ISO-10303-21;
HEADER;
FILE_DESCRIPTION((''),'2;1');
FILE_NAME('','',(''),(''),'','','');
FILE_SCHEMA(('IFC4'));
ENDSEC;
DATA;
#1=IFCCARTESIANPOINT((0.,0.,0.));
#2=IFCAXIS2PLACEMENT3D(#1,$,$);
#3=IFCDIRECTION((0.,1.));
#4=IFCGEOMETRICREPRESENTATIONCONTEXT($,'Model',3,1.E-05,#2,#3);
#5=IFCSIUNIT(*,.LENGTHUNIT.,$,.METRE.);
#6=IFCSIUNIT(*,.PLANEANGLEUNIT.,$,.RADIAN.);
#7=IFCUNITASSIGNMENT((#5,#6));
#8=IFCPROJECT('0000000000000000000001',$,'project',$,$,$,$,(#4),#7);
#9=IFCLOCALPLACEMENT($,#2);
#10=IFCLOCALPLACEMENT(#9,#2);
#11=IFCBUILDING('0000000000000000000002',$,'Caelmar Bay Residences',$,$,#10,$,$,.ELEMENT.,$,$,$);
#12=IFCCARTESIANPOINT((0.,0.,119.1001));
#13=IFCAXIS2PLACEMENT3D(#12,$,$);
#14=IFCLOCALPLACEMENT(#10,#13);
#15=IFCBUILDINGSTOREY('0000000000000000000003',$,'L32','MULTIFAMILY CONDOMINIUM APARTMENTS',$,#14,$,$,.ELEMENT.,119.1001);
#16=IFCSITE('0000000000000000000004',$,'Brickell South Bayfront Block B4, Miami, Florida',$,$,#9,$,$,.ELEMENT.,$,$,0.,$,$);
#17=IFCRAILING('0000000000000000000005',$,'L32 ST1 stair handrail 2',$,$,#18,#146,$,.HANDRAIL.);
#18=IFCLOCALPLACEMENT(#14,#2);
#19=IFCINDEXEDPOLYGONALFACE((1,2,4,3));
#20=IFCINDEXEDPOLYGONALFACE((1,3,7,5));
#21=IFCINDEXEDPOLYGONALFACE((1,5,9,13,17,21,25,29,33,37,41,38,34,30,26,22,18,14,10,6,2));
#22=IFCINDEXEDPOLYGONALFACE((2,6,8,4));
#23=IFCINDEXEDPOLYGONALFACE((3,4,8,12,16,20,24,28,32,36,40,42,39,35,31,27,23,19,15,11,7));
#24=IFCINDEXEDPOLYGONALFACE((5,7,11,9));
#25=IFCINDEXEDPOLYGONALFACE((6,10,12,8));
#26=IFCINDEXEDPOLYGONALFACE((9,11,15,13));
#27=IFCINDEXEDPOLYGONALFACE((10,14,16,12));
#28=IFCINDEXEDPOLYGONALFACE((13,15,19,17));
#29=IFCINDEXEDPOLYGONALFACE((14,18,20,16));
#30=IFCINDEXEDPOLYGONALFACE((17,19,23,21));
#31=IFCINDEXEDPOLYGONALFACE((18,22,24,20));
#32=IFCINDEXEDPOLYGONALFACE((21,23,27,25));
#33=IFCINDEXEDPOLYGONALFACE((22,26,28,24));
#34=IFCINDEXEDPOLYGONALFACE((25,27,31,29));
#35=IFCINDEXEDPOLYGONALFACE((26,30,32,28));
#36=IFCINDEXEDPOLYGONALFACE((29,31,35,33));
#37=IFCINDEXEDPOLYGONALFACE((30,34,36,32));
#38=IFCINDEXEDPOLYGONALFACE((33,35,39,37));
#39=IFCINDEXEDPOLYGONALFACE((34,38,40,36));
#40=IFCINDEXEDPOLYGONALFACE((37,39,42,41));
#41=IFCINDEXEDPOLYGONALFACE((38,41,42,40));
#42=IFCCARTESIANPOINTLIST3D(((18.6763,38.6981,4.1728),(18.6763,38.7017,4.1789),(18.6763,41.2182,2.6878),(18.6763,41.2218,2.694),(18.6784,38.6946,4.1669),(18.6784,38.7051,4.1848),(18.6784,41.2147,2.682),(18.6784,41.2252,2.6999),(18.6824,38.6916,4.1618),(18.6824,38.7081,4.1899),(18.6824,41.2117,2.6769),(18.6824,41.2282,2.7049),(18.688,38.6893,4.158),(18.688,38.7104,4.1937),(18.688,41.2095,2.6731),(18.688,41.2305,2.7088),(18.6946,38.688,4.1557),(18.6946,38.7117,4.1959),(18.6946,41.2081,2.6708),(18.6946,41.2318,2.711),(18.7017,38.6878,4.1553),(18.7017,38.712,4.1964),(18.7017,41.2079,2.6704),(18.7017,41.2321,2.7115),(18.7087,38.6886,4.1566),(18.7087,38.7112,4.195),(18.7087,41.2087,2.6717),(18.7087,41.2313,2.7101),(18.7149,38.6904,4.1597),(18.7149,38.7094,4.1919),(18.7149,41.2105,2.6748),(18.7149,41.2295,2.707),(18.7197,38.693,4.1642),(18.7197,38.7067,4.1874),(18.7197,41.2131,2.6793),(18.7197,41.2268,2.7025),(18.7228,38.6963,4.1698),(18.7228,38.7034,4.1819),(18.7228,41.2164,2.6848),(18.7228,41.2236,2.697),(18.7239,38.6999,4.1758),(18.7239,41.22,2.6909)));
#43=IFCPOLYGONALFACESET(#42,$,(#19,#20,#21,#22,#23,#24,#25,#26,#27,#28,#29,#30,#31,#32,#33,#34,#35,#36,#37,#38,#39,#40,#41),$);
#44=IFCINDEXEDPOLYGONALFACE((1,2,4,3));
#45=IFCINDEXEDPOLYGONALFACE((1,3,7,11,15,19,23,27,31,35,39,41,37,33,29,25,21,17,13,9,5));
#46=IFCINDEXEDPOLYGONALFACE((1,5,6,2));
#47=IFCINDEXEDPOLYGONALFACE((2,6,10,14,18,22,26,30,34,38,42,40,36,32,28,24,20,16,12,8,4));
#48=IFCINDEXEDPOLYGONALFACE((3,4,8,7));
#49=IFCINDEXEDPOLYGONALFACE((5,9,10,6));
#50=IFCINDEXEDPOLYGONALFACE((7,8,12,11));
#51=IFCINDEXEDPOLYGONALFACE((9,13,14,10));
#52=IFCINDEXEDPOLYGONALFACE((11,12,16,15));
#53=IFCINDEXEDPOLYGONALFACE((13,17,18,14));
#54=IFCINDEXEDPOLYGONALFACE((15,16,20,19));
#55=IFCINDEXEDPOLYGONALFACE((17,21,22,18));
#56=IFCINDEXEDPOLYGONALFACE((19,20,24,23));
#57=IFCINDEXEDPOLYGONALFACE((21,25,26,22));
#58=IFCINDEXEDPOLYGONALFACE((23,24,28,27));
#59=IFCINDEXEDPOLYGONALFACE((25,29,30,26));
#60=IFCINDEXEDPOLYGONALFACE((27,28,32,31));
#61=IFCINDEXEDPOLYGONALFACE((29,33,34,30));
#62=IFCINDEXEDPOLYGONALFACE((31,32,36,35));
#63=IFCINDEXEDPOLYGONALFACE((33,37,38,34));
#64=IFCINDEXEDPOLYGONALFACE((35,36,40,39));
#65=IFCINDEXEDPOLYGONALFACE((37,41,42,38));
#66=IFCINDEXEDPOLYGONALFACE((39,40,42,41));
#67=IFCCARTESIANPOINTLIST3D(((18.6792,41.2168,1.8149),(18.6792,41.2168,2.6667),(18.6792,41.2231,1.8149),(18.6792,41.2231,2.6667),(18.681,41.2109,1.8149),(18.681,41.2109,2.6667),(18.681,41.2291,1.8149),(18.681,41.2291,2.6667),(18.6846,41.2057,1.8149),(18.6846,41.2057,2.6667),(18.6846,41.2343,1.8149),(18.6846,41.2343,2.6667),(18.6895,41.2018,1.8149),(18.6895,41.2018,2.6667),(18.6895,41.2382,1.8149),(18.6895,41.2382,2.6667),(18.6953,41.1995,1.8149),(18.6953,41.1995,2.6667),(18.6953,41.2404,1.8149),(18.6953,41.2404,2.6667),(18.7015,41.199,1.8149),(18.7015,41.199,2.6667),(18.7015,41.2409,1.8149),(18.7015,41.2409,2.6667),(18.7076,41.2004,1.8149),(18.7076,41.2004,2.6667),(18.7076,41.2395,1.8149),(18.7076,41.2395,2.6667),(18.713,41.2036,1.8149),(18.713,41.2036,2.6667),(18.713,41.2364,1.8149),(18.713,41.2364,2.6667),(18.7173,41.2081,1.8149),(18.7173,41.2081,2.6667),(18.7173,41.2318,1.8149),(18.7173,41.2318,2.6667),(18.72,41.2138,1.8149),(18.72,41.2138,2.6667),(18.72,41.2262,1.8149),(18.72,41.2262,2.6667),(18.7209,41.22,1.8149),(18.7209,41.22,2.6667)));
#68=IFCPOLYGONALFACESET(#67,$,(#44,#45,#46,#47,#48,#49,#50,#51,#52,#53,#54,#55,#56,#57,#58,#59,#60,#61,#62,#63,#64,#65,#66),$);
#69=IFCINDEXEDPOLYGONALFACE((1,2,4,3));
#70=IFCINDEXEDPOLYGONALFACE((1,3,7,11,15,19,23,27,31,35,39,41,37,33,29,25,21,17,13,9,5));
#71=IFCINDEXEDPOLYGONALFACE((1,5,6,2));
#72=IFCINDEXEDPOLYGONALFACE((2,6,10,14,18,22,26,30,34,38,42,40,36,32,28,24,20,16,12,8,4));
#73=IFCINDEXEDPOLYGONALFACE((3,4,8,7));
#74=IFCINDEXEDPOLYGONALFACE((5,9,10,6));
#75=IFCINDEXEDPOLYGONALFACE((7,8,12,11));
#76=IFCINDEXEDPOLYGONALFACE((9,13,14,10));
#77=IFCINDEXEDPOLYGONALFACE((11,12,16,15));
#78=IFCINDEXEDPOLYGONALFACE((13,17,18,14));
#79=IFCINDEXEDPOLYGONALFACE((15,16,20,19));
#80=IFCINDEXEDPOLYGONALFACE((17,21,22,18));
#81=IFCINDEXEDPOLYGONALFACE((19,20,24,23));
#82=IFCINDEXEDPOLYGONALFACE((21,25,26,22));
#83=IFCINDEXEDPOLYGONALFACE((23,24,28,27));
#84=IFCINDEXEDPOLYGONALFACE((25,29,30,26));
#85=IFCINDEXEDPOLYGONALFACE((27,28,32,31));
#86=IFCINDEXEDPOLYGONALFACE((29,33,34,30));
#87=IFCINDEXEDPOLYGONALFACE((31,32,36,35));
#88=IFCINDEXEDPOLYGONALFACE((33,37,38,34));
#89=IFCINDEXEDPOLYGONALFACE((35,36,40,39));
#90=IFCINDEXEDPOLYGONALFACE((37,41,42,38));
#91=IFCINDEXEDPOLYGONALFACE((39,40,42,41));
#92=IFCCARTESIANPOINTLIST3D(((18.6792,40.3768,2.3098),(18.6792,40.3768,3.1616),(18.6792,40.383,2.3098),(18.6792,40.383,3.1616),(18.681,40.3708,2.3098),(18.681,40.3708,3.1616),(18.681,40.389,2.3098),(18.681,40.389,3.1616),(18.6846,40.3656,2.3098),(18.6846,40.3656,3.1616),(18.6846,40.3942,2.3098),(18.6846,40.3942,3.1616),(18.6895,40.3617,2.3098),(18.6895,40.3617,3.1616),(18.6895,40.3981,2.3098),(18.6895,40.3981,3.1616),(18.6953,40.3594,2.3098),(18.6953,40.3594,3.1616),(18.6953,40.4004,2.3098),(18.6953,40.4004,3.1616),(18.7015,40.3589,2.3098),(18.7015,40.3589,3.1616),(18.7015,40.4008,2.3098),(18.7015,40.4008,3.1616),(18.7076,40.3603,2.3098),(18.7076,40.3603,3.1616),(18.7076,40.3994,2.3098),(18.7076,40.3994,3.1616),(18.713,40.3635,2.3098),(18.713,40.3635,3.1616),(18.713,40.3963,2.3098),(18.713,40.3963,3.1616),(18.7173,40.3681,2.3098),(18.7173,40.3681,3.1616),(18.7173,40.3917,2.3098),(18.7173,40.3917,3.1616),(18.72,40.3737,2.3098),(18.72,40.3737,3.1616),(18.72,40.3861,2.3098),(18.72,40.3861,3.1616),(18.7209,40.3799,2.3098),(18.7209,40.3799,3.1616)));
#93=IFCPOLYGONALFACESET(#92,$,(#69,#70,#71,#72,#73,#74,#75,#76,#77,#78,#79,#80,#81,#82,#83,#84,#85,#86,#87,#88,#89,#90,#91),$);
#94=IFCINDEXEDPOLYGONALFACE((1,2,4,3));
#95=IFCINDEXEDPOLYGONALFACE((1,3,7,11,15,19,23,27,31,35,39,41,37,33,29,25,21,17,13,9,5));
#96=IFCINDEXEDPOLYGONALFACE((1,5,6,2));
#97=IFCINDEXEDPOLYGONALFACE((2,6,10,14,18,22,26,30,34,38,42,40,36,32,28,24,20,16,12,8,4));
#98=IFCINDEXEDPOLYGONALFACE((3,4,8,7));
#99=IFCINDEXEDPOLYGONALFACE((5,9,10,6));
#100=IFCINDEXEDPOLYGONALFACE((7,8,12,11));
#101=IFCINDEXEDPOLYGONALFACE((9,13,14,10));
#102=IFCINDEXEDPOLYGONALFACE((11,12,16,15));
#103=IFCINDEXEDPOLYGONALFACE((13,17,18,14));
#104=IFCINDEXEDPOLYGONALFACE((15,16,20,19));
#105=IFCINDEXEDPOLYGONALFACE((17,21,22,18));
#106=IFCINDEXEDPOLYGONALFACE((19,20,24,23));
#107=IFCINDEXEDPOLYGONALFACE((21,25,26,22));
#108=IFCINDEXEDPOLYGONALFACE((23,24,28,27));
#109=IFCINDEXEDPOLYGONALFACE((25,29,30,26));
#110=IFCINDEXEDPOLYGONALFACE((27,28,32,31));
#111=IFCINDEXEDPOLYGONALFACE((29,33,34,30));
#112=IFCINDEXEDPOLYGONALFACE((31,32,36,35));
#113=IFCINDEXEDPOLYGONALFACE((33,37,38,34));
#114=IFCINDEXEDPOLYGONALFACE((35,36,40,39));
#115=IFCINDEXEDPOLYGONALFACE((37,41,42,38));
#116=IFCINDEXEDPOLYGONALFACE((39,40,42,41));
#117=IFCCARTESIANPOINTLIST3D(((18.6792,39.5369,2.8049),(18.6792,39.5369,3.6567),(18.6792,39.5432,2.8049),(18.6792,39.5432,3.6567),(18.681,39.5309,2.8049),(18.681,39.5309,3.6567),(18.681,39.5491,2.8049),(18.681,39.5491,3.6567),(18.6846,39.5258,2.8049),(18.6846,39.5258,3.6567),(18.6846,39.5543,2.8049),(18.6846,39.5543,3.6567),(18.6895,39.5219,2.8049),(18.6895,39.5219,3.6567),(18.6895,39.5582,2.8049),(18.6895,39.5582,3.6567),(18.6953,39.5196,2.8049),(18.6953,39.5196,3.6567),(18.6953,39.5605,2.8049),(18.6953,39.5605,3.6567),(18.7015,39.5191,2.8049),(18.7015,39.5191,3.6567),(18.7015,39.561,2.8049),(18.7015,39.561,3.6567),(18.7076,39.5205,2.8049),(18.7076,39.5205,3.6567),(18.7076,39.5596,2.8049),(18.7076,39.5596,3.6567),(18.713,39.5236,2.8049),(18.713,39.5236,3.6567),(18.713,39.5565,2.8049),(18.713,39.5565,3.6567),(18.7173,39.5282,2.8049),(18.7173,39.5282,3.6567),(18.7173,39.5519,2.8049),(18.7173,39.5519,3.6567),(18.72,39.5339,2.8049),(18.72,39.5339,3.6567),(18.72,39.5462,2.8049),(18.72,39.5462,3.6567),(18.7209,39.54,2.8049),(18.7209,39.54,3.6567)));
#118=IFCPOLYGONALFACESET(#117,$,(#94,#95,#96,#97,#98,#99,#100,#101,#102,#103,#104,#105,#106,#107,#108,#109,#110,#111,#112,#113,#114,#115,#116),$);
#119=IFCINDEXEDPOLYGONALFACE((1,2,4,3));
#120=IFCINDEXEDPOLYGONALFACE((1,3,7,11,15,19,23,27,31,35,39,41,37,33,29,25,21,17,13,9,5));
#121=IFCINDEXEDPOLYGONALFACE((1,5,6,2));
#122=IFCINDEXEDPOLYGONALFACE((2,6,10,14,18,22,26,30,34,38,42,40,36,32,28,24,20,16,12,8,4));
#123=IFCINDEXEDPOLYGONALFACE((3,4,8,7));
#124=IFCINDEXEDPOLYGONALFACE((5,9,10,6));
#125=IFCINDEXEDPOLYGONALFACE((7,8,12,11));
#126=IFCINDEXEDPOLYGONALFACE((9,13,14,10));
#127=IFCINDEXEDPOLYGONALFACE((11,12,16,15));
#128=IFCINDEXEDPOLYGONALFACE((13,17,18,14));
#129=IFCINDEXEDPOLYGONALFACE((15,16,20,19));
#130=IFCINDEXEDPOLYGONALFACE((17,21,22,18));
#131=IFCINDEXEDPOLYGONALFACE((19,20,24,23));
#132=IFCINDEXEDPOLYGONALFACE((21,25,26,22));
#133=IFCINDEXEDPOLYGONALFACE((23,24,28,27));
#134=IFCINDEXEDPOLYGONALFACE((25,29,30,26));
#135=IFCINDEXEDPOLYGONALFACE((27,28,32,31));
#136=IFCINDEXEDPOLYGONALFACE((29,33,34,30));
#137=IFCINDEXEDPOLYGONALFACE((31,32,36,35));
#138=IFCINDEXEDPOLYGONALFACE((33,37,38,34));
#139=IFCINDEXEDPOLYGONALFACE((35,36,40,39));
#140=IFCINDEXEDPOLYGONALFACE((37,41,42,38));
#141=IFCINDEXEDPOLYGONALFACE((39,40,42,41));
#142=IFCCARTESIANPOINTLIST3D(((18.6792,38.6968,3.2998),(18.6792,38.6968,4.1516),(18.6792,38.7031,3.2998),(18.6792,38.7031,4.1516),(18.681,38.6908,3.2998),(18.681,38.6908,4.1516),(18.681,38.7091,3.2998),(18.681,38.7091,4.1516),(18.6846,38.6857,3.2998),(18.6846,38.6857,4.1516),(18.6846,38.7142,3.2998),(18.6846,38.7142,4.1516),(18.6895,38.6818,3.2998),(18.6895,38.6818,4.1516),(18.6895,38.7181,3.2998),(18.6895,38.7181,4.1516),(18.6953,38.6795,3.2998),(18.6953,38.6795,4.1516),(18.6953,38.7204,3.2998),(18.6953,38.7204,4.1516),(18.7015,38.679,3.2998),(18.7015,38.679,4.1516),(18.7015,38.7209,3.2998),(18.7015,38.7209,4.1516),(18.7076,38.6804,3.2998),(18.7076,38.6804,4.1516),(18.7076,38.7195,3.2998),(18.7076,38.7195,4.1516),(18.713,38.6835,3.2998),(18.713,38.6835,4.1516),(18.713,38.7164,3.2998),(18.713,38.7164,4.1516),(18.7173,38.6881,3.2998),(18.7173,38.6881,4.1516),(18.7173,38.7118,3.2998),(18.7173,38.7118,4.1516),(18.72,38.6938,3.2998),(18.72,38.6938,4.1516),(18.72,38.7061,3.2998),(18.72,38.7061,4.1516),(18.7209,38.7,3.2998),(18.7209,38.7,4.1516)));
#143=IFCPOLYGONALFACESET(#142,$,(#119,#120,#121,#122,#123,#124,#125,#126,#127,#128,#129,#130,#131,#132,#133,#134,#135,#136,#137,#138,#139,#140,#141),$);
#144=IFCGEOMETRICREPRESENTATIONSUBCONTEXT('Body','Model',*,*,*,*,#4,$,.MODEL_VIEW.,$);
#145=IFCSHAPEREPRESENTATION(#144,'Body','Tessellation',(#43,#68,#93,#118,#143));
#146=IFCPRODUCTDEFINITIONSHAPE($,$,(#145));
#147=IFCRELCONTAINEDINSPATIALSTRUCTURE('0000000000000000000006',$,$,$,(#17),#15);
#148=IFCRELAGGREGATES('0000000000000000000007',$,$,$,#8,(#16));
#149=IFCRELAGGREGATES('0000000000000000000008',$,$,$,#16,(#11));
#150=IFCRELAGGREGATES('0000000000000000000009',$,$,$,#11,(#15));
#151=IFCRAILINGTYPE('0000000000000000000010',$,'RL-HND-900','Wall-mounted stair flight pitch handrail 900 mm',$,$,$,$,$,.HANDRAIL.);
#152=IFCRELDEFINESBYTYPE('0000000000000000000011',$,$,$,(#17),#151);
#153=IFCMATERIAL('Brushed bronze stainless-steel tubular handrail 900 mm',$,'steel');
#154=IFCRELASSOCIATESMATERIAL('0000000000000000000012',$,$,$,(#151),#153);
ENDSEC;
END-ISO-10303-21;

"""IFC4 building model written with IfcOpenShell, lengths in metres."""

from ifc_helpers import new_model, si_unit, direction, frame, origin, origin_2d, place, context, subcontext, project, spatial, circle, extrude, material, type_object, element, save


model = new_model("IFC4")

# Units and contexts
model_context = context("Model", 3, precision=1e-05, world=origin(), true_north=direction((0.0, 1.0)))
body_context = subcontext(model_context, "Body", "Model", "MODEL_VIEW")
ifc_project = project(units=[si_unit("LENGTHUNIT", "METRE"), si_unit("PLANEANGLEUNIT", "RADIAN")], contexts=[model_context])

# Site, building, storey
site_placement = place(None, origin())
site = spatial("IfcSite", under=ifc_project, at=site_placement, Name="Brickell South Bayfront Block B4, Miami, Florida", CompositionType="ELEMENT", RefElevation=0.0)
building_placement = place(site_placement, origin())
building = spatial("IfcBuilding", under=site, at=building_placement, Name="Caelmar Bay Residences", CompositionType="ELEMENT")
storey_placement = place(building_placement, frame((0.0, 0.0, 119.1001)))
storey = spatial("IfcBuildingStorey", under=building, at=storey_placement, Name="L32", Description="MULTIFAMILY CONDOMINIUM APARTMENTS", CompositionType="ELEMENT", Elevation=119.1001)

# Railing
ifc_material_1 = material(Name="Brushed bronze stainless-steel tubular handrail 900 mm", Category="steel")
railing_type_1 = type_object("IfcRailingType", Name="RL-HND-900", Description="Wall-mounted stair flight pitch handrail 900 mm", PredefinedType="HANDRAIL", material=ifc_material_1)
railing_1_placement = place(storey_placement, frame((18.7, 41.22, 1.8149)))
element("IfcRailing", 1, at=railing_1_placement, inside=storey, type_object=railing_type_1, Name="L32 ST1 stair handrail 2", PredefinedType="HANDRAIL", context=body_context, shape_type="SweptSolid", body=[
    extrude(circle(Radius=0.0239, at=origin_2d()), frame((0.0, 0.0, 0.876), z_axis=(0.0, -0.861561, 0.507655), x_axis=(1.0, 0.0, 0.0)), (0.0, 0.0, 1.0), 2.925),
    extrude(circle(Radius=0.021, at=origin_2d()), origin(), (0.0, 0.0, 1.0), 0.8518),
    extrude(circle(Radius=0.021, at=origin_2d()), frame((0.0, -0.8401, 0.4949)), (0.0, 0.0, 1.0), 0.8518),
    extrude(circle(Radius=0.021, at=origin_2d()), frame((0.0, -1.6799, 0.99)), (0.0, 0.0, 1.0), 0.8518),
    extrude(circle(Radius=0.021, at=origin_2d()), frame((0.0, -2.52, 1.4849)), (0.0, 0.0, 1.0), 0.8518),
])

save(model, "model.ifc")
